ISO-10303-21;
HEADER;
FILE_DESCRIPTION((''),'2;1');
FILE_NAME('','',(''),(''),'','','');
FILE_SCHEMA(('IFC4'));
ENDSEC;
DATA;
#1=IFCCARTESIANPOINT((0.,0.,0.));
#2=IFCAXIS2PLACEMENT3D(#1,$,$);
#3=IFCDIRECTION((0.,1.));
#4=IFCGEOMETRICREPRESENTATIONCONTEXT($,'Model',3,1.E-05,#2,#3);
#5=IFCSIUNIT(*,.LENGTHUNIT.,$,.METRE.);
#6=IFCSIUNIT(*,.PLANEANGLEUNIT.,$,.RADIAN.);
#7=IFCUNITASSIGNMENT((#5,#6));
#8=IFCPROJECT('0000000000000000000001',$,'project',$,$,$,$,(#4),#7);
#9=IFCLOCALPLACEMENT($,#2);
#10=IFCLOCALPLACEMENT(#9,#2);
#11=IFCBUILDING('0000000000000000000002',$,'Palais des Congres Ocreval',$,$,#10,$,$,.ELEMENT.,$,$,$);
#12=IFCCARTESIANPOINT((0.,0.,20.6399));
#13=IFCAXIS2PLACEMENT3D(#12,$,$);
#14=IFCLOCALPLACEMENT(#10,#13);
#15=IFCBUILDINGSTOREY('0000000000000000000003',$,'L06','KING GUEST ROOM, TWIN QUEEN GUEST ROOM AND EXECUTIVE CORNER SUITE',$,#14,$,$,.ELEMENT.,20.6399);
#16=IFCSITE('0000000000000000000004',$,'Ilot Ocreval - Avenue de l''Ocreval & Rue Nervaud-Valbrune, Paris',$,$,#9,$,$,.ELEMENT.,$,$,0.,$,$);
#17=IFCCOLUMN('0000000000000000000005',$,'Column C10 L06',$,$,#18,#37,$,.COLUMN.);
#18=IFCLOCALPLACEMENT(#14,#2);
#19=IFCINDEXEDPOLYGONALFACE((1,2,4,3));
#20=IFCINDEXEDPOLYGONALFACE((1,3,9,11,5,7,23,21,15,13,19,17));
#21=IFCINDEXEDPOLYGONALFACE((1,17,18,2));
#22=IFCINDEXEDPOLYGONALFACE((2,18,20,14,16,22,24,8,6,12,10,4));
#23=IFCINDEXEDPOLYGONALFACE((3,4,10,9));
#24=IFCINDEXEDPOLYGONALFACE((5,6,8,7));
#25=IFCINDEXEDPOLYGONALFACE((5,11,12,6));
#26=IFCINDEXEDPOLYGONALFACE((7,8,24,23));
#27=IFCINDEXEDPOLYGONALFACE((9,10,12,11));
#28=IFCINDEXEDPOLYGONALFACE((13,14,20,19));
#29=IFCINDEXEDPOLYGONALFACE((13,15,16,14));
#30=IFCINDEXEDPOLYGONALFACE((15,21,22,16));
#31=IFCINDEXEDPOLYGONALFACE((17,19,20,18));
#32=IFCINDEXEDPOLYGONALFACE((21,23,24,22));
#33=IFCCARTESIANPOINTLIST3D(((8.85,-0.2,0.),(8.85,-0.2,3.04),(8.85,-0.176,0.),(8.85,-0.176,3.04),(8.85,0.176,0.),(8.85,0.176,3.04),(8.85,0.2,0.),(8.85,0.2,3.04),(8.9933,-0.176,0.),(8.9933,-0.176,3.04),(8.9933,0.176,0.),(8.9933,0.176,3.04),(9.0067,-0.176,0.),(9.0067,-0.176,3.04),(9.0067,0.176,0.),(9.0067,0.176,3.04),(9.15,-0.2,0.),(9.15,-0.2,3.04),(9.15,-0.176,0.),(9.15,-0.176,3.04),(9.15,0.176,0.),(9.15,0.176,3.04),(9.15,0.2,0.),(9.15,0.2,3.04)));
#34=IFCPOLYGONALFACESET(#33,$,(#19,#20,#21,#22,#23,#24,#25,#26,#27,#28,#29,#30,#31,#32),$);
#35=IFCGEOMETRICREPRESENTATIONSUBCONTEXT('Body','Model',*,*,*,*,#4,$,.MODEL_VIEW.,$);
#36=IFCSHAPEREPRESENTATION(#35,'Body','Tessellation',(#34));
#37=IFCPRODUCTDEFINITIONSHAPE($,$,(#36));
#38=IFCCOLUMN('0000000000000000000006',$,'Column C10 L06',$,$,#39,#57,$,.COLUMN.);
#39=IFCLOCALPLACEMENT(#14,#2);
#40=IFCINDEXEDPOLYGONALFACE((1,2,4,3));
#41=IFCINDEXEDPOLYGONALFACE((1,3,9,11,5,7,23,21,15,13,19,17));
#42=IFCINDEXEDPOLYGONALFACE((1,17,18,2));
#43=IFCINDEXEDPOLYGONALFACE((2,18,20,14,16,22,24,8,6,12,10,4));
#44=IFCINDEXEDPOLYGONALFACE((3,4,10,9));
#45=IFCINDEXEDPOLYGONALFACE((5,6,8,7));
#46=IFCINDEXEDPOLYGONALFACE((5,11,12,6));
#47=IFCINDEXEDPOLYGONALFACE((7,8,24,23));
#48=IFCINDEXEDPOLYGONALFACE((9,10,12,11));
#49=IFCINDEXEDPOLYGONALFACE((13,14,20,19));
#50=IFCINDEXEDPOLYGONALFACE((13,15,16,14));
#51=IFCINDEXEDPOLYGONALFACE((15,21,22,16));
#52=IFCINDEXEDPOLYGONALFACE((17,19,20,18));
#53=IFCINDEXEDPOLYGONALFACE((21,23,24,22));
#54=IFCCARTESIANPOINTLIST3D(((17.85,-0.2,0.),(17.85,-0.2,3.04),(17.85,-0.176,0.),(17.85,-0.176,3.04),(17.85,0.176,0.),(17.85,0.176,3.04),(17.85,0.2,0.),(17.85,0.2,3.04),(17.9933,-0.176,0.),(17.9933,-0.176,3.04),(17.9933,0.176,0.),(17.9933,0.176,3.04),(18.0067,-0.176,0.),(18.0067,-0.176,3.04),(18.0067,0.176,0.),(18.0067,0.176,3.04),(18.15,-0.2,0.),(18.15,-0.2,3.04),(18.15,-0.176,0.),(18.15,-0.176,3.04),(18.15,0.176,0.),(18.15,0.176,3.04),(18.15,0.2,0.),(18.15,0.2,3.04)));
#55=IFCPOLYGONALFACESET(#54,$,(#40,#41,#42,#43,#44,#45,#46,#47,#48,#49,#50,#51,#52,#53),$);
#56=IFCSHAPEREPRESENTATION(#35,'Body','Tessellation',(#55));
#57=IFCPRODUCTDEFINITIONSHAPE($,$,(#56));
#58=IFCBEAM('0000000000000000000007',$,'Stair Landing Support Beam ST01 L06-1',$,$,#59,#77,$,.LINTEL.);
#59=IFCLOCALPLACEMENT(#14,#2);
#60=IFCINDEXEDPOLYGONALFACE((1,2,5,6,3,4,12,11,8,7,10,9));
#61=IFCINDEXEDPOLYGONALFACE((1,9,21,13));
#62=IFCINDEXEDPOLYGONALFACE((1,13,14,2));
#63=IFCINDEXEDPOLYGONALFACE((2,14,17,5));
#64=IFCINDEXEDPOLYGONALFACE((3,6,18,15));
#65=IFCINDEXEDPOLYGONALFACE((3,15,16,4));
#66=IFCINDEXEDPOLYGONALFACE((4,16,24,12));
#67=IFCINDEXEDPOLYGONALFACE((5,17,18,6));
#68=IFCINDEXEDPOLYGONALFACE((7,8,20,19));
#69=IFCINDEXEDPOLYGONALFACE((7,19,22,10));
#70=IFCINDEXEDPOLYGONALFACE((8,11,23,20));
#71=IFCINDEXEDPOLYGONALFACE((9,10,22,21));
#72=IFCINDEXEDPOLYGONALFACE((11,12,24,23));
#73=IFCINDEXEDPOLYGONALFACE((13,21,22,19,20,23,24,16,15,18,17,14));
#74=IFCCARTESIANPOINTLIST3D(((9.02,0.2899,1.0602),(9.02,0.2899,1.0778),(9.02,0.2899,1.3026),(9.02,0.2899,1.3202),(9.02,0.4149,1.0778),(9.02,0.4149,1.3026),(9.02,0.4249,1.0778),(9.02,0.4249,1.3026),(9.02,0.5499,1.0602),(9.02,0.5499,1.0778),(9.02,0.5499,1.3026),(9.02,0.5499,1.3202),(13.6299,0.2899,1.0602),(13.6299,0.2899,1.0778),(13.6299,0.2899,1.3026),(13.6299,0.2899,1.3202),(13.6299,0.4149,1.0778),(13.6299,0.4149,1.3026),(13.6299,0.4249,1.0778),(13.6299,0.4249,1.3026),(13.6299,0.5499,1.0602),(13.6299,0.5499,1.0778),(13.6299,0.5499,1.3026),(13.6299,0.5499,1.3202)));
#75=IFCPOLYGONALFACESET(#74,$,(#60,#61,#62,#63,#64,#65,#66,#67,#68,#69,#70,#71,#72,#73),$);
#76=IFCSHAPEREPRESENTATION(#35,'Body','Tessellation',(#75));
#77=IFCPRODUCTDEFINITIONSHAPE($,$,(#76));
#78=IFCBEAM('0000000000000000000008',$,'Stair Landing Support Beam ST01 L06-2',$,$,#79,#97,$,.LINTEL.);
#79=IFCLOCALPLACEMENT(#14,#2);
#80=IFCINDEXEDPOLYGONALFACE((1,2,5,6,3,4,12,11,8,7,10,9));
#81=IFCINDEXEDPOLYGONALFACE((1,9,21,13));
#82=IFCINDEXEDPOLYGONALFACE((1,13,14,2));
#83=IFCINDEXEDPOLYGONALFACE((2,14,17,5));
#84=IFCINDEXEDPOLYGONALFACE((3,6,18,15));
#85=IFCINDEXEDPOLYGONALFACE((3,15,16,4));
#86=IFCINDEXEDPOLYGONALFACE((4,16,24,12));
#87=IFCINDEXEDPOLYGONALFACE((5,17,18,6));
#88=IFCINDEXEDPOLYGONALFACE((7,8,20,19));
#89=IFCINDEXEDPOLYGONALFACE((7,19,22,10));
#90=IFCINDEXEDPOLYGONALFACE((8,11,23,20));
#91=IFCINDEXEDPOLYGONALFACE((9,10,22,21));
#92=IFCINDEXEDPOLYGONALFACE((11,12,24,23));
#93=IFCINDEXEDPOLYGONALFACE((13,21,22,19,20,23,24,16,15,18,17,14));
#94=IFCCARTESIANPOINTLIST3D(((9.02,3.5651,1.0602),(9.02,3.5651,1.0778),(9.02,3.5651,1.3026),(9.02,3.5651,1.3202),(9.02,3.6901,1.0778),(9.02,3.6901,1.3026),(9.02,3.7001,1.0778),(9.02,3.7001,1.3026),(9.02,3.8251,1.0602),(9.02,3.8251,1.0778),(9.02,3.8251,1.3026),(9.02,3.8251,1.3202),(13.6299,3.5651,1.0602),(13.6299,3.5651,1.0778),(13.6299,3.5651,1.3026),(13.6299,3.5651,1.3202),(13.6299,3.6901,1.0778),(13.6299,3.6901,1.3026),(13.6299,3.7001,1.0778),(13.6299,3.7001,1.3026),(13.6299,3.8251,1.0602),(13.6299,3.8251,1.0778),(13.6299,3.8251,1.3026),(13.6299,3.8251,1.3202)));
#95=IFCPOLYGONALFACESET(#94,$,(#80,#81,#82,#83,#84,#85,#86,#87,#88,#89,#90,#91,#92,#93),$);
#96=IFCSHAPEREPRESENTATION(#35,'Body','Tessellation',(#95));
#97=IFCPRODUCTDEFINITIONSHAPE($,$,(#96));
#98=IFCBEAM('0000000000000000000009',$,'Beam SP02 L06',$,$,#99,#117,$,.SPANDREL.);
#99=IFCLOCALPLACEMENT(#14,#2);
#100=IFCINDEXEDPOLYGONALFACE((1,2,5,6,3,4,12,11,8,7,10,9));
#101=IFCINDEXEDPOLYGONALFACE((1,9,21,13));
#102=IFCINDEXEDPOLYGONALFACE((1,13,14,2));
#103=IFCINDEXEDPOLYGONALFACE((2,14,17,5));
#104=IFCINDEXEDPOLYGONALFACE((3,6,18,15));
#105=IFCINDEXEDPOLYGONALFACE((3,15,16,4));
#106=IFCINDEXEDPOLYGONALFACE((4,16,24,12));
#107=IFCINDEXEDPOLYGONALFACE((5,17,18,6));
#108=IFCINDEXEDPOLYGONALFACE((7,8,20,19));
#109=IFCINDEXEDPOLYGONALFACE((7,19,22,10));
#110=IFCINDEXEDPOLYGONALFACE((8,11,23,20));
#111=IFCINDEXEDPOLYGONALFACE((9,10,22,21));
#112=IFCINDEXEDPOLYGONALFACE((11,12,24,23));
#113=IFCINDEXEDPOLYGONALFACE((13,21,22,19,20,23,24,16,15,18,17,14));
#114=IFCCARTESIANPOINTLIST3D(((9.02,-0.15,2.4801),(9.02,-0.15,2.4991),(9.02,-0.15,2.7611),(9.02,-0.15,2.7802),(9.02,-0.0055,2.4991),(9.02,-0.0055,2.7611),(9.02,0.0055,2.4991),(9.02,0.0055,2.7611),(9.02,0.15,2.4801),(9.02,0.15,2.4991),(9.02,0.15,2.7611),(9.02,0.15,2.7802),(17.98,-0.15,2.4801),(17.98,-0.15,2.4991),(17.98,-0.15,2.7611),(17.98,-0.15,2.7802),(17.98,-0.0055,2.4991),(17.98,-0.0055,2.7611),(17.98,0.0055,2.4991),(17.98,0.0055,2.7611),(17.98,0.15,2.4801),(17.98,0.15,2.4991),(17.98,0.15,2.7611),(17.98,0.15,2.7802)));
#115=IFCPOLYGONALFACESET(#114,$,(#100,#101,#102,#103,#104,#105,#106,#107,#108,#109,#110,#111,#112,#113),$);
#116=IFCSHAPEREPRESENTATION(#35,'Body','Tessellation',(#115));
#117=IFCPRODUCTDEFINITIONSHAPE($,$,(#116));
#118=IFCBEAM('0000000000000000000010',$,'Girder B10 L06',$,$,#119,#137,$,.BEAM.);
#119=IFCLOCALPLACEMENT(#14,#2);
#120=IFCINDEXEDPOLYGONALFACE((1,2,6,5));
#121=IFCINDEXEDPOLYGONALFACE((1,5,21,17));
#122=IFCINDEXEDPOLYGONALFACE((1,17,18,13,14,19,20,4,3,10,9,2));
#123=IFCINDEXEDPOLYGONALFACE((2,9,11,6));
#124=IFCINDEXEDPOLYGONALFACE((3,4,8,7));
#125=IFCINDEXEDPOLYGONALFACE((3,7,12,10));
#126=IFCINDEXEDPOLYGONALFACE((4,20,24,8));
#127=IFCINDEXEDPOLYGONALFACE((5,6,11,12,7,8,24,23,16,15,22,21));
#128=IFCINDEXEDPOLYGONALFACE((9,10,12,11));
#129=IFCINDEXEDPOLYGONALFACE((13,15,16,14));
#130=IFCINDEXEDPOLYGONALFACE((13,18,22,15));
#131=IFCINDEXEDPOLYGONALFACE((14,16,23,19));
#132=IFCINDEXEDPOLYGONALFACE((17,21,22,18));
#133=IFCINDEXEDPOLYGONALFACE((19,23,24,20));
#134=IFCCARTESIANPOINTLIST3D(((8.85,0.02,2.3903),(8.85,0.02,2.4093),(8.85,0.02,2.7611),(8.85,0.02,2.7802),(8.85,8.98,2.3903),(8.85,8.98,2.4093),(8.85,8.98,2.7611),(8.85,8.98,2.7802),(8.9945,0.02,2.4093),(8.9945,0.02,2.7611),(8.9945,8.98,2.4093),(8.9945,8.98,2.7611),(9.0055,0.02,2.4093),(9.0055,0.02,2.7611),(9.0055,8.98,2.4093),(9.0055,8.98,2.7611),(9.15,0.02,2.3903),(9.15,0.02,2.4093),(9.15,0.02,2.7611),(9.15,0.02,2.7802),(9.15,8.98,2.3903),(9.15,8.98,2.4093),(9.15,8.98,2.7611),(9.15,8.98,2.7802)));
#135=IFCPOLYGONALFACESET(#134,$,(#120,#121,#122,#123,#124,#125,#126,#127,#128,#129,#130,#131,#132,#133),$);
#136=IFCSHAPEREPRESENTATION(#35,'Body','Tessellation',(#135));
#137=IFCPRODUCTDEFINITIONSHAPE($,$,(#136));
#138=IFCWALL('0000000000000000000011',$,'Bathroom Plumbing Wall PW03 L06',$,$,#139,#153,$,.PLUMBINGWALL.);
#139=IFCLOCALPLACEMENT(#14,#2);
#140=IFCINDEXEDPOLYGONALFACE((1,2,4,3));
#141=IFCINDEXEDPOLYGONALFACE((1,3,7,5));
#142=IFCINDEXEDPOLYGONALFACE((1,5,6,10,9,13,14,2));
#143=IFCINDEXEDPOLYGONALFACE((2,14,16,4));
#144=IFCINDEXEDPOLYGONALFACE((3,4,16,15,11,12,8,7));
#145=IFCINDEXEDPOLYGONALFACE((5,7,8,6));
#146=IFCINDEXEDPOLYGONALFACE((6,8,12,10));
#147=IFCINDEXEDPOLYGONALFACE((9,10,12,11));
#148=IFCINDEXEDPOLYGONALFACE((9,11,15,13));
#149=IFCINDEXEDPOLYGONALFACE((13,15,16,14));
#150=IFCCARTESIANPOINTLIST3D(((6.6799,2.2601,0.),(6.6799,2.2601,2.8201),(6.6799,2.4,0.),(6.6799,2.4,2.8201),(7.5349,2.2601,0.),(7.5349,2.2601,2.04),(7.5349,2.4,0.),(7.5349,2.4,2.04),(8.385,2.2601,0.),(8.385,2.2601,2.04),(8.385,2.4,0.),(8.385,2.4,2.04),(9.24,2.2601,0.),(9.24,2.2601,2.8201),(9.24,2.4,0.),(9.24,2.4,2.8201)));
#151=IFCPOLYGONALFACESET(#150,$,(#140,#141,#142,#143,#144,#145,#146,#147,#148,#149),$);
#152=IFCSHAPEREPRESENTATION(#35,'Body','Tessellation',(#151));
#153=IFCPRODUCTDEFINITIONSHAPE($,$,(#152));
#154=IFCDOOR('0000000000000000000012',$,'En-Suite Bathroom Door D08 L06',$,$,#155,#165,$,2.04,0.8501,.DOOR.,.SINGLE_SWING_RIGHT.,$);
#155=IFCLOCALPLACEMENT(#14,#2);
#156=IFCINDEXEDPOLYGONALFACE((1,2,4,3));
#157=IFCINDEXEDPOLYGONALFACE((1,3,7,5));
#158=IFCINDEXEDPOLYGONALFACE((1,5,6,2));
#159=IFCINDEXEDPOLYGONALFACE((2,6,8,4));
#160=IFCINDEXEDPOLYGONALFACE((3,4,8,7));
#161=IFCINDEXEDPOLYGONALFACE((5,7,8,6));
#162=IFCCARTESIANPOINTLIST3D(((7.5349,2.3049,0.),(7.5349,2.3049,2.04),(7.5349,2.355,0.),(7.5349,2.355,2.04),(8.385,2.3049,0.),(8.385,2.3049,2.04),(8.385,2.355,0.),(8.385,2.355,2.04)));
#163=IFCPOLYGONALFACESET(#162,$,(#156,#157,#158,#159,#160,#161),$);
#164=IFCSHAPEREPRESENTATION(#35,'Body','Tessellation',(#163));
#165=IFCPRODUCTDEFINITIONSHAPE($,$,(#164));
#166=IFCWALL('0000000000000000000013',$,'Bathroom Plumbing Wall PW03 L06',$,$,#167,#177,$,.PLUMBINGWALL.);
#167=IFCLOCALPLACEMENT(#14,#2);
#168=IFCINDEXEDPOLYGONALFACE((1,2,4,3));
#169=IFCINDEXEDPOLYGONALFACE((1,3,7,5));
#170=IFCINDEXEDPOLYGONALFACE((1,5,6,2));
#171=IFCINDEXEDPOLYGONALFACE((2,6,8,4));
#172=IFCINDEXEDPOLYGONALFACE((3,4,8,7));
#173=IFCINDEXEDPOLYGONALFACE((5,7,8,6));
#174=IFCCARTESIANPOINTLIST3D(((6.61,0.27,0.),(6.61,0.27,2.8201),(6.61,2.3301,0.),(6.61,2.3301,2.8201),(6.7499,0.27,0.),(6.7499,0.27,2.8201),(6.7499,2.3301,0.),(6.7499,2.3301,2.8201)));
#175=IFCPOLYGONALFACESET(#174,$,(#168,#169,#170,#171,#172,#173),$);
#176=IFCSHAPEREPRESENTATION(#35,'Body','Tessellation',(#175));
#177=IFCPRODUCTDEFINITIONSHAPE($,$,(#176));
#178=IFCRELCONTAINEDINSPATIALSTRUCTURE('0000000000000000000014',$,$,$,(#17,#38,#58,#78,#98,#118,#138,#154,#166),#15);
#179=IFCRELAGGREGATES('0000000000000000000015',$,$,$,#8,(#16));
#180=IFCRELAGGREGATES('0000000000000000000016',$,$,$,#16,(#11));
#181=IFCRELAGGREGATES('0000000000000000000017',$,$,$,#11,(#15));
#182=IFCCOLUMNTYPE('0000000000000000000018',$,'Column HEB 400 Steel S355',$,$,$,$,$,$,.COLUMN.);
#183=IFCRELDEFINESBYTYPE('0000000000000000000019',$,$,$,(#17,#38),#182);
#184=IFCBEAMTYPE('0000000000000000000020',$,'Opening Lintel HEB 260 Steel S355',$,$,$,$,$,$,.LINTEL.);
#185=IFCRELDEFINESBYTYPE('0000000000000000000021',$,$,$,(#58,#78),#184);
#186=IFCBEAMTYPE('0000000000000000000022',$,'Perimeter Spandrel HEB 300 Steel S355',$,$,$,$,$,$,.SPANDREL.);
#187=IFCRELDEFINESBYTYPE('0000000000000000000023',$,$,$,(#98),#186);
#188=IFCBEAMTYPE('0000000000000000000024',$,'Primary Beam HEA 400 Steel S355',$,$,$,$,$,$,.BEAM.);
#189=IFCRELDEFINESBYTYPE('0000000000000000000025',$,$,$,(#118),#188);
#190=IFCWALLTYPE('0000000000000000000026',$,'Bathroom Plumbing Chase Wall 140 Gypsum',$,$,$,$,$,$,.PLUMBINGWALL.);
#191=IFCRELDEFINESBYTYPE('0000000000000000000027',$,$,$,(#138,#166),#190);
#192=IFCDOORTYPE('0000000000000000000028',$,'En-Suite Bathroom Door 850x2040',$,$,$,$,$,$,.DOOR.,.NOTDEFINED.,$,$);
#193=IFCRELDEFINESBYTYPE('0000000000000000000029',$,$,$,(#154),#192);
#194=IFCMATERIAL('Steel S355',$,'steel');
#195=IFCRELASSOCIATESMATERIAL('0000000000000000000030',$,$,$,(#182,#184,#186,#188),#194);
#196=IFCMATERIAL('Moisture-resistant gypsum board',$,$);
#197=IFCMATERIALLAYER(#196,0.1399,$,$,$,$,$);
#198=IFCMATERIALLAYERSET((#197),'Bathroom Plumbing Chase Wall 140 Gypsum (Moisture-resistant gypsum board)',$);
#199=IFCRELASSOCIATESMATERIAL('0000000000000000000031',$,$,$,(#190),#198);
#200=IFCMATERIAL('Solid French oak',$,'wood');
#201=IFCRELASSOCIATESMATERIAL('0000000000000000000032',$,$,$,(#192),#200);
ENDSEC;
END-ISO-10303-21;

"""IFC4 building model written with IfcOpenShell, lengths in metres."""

from ifc_helpers import new_model, si_unit, direction, frame, frame_2d, origin, origin_2d, place, context, subcontext, project, spatial, rectangle, i_section, extrude, material, layer, layer_set, material_profile, profile_set, type_object, element, fill, save


model = new_model("IFC4")

# Units and contexts
model_context = context("Model", 3, precision=1e-05, world=origin(), true_north=direction((0.0, 1.0)))
body_context = subcontext(model_context, "Body", "Model", "MODEL_VIEW")
ifc_project = project(units=[si_unit("LENGTHUNIT", "METRE"), si_unit("PLANEANGLEUNIT", "RADIAN")], contexts=[model_context])

# Site, building, storey
site_placement = place(None, origin())
site = spatial("IfcSite", under=ifc_project, at=site_placement, Name="Ilot Ocreval - Avenue de l'Ocreval & Rue Nervaud-Valbrune, Paris", CompositionType="ELEMENT", RefElevation=0.0)
building_placement = place(site_placement, origin())
building = spatial("IfcBuilding", under=site, at=building_placement, Name="Palais des Congres Ocreval", CompositionType="ELEMENT")
storey_placement = place(building_placement, frame((0.0, 0.0, 20.6399)))
storey = spatial("IfcBuildingStorey", under=building, at=storey_placement, Name="L06", Description="KING GUEST ROOM, TWIN QUEEN GUEST ROOM AND EXECUTIVE CORNER SUITE", CompositionType="ELEMENT", Elevation=20.6399)

# Columns
ifc_material_1 = material(Name="Steel S355", Category="steel")
ifc_material_profile_1 = material_profile(ifc_material_1, i_section(OverallWidth=0.3, OverallDepth=0.3999, WebThickness=0.0134, FlangeThickness=0.0239, at=origin_2d()), Name="HEB 400")
ifc_profile_set_1 = profile_set([ifc_material_profile_1], Name="Steel S355")
column_type = type_object("IfcColumnType", Name="Column HEB 400 Steel S355", PredefinedType="COLUMN", material=ifc_profile_set_1)
for number, where, z_axis, x_axis, name in (
    (1, (9.0, 0.0, 0.0), (0.0, 0.0, 1.0), (1.0, 0.0, 0.0), "Column C10 L06"),
    (2, (18.0, 0.0, 0.0), (0.0, 0.0, 1.0), (1.0, 0.0, 0.0), "Column C10 L06"),
):
    element("IfcColumn", number, at=place(storey_placement, frame(where, z_axis=z_axis, x_axis=x_axis)), inside=storey, type_object=column_type, Name=name, PredefinedType="COLUMN", context=body_context, shape_type="SweptSolid", body=[
        extrude(i_section(OverallWidth=0.3, OverallDepth=0.3999, WebThickness=0.0134, FlangeThickness=0.0239, at=origin_2d()), origin(), (0.0, 0.0, 1.0), 3.04),
    ])

# Beams
ifc_material_profile_2 = material_profile(ifc_material_1, i_section(OverallWidth=0.26, OverallDepth=0.26, WebThickness=0.01, FlangeThickness=0.0176, at=origin_2d()), Name="HEB 260")
ifc_profile_set_2 = profile_set([ifc_material_profile_2], Name="Steel S355")
beam_type_1 = type_object("IfcBeamType", Name="Opening Lintel HEB 260 Steel S355", PredefinedType="LINTEL", material=ifc_profile_set_2)
for number, where, z_axis, x_axis, name in (
    (3, (9.02, 0.4199, 1.1902), (1.0, 0.0, 0.0), (0.0, 1.0, 0.0), "Stair Landing Support Beam ST01 L06-1"),
    (4, (9.02, 3.6951, 1.1902), (1.0, 0.0, 0.0), (0.0, 1.0, 0.0), "Stair Landing Support Beam ST01 L06-2"),
):
    element("IfcBeam", number, at=place(storey_placement, frame(where, z_axis=z_axis, x_axis=x_axis)), inside=storey, type_object=beam_type_1, Name=name, PredefinedType="LINTEL", context=body_context, shape_type="SweptSolid", body=[
        extrude(i_section(OverallWidth=0.26, OverallDepth=0.26, WebThickness=0.01, FlangeThickness=0.0176, at=origin_2d()), origin(), (0.0, 0.0, 1.0), 4.6099),
    ])
ifc_material_profile_3 = material_profile(ifc_material_1, i_section(OverallWidth=0.3, OverallDepth=0.3, WebThickness=0.011, FlangeThickness=0.019, at=origin_2d()), Name="HEB 300")
ifc_profile_set_3 = profile_set([ifc_material_profile_3], Name="Steel S355")
beam_type_2 = type_object("IfcBeamType", Name="Perimeter Spandrel HEB 300 Steel S355", PredefinedType="SPANDREL", material=ifc_profile_set_3)
beam_1_placement = place(storey_placement, frame((9.02, 0.0, 2.6301), z_axis=(1.0, 0.0, 0.0), x_axis=(0.0, 1.0, 0.0)))
element("IfcBeam", 5, at=beam_1_placement, inside=storey, type_object=beam_type_2, Name="Beam SP02 L06", PredefinedType="SPANDREL", context=body_context, shape_type="SweptSolid", body=[
    extrude(i_section(OverallWidth=0.3, OverallDepth=0.3, WebThickness=0.011, FlangeThickness=0.019, at=origin_2d()), origin(), (0.0, 0.0, 1.0), 8.96),
])
ifc_material_profile_4 = material_profile(ifc_material_1, i_section(OverallWidth=0.3, OverallDepth=0.3899, WebThickness=0.011, FlangeThickness=0.019, at=origin_2d()), Name="HEA 400")
ifc_profile_set_4 = profile_set([ifc_material_profile_4], Name="Steel S355")
beam_type_3 = type_object("IfcBeamType", Name="Primary Beam HEA 400 Steel S355", PredefinedType="BEAM", material=ifc_profile_set_4)
beam_2_placement = place(storey_placement, frame((9.0, 0.02, 2.5852), z_axis=(0.0, 1.0, 0.0), x_axis=(-1.0, 0.0, 0.0)))
element("IfcBeam", 6, at=beam_2_placement, inside=storey, type_object=beam_type_3, Name="Girder B10 L06", PredefinedType="BEAM", context=body_context, shape_type="SweptSolid", body=[
    extrude(i_section(OverallWidth=0.3, OverallDepth=0.3899, WebThickness=0.011, FlangeThickness=0.019, at=origin_2d()), origin(), (0.0, 0.0, 1.0), 8.96),
])

# Wall, opening, door
ifc_material_2 = material(Name="Moisture-resistant gypsum board")
ifc_layer_1 = layer(ifc_material_2, 0.1399)
ifc_layer_set_1 = layer_set([ifc_layer_1], Name="Bathroom Plumbing Chase Wall 140 Gypsum (Moisture-resistant gypsum board)")
wall_type_1 = type_object("IfcWallType", Name="Bathroom Plumbing Chase Wall 140 Gypsum", PredefinedType="PLUMBINGWALL", material=ifc_layer_set_1)
wall_1_placement = place(storey_placement, frame((6.6799, 2.3301, 0.0), z_axis=(0.0, 0.0, 1.0), x_axis=(1.0, 0.0, 0.0)))
wall_1 = element("IfcWall", 7, at=wall_1_placement, inside=storey, type_object=wall_type_1, Name="Bathroom Plumbing Wall PW03 L06", PredefinedType="PLUMBINGWALL", context=body_context, shape_type="SweptSolid", body=[
    extrude(rectangle(XDim=2.5601, YDim=0.1399, at=frame_2d((1.28, 0.0))), origin(), (0.0, 0.0, 1.0), 2.8201),
])
opening_1_placement = place(wall_1_placement, frame((0.855, 0.0, 0.0)))
opening_1 = element("IfcOpeningElement", 8, at=opening_1_placement, cuts=wall_1, PredefinedType="OPENING", context=body_context, shape_type="SweptSolid", body=[
    extrude(rectangle(XDim=0.8501, YDim=2.04, at=frame_2d((0.425, 1.02))), frame((0.0, 0.0798, 0.0), z_axis=(0.0, -1.0, 0.0), x_axis=(1.0, 0.0, 0.0)), (0.0, 0.0, 1.0), 0.1599),
])
ifc_material_3 = material(Name="Solid French oak", Category="wood")
door_type_1 = type_object("IfcDoorType", Name="En-Suite Bathroom Door 850x2040", OperationType="NOTDEFINED", PredefinedType="DOOR", material=ifc_material_3)
door_1_placement = place(opening_1_placement, origin())
door_1 = element("IfcDoor", 9, at=door_1_placement, inside=storey, type_object=door_type_1, Name="En-Suite Bathroom Door D08 L06", OperationType="SINGLE_SWING_RIGHT", OverallHeight=2.04, OverallWidth=0.8501, PredefinedType="DOOR", context=body_context, shape_type="SweptSolid", body=[
    extrude(rectangle(XDim=0.8501, YDim=2.04, at=frame_2d((0.425, 1.02))), frame((0.0, 0.0249, 0.0), z_axis=(0.0, -1.0, 0.0), x_axis=(1.0, 0.0, 0.0)), (0.0, 0.0, 1.0), 0.05),
])
fill(opening_1, door_1)

# Wall
wall_2_placement = place(storey_placement, frame((6.6799, 0.27, 0.0), z_axis=(0.0, 0.0, 1.0), x_axis=(0.0, 1.0, 0.0)))
element("IfcWall", 10, at=wall_2_placement, inside=storey, type_object=wall_type_1, Name="Bathroom Plumbing Wall PW03 L06", PredefinedType="PLUMBINGWALL", context=body_context, shape_type="SweptSolid", body=[
    extrude(rectangle(XDim=2.0601, YDim=0.1399, at=frame_2d((1.03, 0.0))), origin(), (0.0, 0.0, 1.0), 2.8201),
])

save(model, "model.ifc")
